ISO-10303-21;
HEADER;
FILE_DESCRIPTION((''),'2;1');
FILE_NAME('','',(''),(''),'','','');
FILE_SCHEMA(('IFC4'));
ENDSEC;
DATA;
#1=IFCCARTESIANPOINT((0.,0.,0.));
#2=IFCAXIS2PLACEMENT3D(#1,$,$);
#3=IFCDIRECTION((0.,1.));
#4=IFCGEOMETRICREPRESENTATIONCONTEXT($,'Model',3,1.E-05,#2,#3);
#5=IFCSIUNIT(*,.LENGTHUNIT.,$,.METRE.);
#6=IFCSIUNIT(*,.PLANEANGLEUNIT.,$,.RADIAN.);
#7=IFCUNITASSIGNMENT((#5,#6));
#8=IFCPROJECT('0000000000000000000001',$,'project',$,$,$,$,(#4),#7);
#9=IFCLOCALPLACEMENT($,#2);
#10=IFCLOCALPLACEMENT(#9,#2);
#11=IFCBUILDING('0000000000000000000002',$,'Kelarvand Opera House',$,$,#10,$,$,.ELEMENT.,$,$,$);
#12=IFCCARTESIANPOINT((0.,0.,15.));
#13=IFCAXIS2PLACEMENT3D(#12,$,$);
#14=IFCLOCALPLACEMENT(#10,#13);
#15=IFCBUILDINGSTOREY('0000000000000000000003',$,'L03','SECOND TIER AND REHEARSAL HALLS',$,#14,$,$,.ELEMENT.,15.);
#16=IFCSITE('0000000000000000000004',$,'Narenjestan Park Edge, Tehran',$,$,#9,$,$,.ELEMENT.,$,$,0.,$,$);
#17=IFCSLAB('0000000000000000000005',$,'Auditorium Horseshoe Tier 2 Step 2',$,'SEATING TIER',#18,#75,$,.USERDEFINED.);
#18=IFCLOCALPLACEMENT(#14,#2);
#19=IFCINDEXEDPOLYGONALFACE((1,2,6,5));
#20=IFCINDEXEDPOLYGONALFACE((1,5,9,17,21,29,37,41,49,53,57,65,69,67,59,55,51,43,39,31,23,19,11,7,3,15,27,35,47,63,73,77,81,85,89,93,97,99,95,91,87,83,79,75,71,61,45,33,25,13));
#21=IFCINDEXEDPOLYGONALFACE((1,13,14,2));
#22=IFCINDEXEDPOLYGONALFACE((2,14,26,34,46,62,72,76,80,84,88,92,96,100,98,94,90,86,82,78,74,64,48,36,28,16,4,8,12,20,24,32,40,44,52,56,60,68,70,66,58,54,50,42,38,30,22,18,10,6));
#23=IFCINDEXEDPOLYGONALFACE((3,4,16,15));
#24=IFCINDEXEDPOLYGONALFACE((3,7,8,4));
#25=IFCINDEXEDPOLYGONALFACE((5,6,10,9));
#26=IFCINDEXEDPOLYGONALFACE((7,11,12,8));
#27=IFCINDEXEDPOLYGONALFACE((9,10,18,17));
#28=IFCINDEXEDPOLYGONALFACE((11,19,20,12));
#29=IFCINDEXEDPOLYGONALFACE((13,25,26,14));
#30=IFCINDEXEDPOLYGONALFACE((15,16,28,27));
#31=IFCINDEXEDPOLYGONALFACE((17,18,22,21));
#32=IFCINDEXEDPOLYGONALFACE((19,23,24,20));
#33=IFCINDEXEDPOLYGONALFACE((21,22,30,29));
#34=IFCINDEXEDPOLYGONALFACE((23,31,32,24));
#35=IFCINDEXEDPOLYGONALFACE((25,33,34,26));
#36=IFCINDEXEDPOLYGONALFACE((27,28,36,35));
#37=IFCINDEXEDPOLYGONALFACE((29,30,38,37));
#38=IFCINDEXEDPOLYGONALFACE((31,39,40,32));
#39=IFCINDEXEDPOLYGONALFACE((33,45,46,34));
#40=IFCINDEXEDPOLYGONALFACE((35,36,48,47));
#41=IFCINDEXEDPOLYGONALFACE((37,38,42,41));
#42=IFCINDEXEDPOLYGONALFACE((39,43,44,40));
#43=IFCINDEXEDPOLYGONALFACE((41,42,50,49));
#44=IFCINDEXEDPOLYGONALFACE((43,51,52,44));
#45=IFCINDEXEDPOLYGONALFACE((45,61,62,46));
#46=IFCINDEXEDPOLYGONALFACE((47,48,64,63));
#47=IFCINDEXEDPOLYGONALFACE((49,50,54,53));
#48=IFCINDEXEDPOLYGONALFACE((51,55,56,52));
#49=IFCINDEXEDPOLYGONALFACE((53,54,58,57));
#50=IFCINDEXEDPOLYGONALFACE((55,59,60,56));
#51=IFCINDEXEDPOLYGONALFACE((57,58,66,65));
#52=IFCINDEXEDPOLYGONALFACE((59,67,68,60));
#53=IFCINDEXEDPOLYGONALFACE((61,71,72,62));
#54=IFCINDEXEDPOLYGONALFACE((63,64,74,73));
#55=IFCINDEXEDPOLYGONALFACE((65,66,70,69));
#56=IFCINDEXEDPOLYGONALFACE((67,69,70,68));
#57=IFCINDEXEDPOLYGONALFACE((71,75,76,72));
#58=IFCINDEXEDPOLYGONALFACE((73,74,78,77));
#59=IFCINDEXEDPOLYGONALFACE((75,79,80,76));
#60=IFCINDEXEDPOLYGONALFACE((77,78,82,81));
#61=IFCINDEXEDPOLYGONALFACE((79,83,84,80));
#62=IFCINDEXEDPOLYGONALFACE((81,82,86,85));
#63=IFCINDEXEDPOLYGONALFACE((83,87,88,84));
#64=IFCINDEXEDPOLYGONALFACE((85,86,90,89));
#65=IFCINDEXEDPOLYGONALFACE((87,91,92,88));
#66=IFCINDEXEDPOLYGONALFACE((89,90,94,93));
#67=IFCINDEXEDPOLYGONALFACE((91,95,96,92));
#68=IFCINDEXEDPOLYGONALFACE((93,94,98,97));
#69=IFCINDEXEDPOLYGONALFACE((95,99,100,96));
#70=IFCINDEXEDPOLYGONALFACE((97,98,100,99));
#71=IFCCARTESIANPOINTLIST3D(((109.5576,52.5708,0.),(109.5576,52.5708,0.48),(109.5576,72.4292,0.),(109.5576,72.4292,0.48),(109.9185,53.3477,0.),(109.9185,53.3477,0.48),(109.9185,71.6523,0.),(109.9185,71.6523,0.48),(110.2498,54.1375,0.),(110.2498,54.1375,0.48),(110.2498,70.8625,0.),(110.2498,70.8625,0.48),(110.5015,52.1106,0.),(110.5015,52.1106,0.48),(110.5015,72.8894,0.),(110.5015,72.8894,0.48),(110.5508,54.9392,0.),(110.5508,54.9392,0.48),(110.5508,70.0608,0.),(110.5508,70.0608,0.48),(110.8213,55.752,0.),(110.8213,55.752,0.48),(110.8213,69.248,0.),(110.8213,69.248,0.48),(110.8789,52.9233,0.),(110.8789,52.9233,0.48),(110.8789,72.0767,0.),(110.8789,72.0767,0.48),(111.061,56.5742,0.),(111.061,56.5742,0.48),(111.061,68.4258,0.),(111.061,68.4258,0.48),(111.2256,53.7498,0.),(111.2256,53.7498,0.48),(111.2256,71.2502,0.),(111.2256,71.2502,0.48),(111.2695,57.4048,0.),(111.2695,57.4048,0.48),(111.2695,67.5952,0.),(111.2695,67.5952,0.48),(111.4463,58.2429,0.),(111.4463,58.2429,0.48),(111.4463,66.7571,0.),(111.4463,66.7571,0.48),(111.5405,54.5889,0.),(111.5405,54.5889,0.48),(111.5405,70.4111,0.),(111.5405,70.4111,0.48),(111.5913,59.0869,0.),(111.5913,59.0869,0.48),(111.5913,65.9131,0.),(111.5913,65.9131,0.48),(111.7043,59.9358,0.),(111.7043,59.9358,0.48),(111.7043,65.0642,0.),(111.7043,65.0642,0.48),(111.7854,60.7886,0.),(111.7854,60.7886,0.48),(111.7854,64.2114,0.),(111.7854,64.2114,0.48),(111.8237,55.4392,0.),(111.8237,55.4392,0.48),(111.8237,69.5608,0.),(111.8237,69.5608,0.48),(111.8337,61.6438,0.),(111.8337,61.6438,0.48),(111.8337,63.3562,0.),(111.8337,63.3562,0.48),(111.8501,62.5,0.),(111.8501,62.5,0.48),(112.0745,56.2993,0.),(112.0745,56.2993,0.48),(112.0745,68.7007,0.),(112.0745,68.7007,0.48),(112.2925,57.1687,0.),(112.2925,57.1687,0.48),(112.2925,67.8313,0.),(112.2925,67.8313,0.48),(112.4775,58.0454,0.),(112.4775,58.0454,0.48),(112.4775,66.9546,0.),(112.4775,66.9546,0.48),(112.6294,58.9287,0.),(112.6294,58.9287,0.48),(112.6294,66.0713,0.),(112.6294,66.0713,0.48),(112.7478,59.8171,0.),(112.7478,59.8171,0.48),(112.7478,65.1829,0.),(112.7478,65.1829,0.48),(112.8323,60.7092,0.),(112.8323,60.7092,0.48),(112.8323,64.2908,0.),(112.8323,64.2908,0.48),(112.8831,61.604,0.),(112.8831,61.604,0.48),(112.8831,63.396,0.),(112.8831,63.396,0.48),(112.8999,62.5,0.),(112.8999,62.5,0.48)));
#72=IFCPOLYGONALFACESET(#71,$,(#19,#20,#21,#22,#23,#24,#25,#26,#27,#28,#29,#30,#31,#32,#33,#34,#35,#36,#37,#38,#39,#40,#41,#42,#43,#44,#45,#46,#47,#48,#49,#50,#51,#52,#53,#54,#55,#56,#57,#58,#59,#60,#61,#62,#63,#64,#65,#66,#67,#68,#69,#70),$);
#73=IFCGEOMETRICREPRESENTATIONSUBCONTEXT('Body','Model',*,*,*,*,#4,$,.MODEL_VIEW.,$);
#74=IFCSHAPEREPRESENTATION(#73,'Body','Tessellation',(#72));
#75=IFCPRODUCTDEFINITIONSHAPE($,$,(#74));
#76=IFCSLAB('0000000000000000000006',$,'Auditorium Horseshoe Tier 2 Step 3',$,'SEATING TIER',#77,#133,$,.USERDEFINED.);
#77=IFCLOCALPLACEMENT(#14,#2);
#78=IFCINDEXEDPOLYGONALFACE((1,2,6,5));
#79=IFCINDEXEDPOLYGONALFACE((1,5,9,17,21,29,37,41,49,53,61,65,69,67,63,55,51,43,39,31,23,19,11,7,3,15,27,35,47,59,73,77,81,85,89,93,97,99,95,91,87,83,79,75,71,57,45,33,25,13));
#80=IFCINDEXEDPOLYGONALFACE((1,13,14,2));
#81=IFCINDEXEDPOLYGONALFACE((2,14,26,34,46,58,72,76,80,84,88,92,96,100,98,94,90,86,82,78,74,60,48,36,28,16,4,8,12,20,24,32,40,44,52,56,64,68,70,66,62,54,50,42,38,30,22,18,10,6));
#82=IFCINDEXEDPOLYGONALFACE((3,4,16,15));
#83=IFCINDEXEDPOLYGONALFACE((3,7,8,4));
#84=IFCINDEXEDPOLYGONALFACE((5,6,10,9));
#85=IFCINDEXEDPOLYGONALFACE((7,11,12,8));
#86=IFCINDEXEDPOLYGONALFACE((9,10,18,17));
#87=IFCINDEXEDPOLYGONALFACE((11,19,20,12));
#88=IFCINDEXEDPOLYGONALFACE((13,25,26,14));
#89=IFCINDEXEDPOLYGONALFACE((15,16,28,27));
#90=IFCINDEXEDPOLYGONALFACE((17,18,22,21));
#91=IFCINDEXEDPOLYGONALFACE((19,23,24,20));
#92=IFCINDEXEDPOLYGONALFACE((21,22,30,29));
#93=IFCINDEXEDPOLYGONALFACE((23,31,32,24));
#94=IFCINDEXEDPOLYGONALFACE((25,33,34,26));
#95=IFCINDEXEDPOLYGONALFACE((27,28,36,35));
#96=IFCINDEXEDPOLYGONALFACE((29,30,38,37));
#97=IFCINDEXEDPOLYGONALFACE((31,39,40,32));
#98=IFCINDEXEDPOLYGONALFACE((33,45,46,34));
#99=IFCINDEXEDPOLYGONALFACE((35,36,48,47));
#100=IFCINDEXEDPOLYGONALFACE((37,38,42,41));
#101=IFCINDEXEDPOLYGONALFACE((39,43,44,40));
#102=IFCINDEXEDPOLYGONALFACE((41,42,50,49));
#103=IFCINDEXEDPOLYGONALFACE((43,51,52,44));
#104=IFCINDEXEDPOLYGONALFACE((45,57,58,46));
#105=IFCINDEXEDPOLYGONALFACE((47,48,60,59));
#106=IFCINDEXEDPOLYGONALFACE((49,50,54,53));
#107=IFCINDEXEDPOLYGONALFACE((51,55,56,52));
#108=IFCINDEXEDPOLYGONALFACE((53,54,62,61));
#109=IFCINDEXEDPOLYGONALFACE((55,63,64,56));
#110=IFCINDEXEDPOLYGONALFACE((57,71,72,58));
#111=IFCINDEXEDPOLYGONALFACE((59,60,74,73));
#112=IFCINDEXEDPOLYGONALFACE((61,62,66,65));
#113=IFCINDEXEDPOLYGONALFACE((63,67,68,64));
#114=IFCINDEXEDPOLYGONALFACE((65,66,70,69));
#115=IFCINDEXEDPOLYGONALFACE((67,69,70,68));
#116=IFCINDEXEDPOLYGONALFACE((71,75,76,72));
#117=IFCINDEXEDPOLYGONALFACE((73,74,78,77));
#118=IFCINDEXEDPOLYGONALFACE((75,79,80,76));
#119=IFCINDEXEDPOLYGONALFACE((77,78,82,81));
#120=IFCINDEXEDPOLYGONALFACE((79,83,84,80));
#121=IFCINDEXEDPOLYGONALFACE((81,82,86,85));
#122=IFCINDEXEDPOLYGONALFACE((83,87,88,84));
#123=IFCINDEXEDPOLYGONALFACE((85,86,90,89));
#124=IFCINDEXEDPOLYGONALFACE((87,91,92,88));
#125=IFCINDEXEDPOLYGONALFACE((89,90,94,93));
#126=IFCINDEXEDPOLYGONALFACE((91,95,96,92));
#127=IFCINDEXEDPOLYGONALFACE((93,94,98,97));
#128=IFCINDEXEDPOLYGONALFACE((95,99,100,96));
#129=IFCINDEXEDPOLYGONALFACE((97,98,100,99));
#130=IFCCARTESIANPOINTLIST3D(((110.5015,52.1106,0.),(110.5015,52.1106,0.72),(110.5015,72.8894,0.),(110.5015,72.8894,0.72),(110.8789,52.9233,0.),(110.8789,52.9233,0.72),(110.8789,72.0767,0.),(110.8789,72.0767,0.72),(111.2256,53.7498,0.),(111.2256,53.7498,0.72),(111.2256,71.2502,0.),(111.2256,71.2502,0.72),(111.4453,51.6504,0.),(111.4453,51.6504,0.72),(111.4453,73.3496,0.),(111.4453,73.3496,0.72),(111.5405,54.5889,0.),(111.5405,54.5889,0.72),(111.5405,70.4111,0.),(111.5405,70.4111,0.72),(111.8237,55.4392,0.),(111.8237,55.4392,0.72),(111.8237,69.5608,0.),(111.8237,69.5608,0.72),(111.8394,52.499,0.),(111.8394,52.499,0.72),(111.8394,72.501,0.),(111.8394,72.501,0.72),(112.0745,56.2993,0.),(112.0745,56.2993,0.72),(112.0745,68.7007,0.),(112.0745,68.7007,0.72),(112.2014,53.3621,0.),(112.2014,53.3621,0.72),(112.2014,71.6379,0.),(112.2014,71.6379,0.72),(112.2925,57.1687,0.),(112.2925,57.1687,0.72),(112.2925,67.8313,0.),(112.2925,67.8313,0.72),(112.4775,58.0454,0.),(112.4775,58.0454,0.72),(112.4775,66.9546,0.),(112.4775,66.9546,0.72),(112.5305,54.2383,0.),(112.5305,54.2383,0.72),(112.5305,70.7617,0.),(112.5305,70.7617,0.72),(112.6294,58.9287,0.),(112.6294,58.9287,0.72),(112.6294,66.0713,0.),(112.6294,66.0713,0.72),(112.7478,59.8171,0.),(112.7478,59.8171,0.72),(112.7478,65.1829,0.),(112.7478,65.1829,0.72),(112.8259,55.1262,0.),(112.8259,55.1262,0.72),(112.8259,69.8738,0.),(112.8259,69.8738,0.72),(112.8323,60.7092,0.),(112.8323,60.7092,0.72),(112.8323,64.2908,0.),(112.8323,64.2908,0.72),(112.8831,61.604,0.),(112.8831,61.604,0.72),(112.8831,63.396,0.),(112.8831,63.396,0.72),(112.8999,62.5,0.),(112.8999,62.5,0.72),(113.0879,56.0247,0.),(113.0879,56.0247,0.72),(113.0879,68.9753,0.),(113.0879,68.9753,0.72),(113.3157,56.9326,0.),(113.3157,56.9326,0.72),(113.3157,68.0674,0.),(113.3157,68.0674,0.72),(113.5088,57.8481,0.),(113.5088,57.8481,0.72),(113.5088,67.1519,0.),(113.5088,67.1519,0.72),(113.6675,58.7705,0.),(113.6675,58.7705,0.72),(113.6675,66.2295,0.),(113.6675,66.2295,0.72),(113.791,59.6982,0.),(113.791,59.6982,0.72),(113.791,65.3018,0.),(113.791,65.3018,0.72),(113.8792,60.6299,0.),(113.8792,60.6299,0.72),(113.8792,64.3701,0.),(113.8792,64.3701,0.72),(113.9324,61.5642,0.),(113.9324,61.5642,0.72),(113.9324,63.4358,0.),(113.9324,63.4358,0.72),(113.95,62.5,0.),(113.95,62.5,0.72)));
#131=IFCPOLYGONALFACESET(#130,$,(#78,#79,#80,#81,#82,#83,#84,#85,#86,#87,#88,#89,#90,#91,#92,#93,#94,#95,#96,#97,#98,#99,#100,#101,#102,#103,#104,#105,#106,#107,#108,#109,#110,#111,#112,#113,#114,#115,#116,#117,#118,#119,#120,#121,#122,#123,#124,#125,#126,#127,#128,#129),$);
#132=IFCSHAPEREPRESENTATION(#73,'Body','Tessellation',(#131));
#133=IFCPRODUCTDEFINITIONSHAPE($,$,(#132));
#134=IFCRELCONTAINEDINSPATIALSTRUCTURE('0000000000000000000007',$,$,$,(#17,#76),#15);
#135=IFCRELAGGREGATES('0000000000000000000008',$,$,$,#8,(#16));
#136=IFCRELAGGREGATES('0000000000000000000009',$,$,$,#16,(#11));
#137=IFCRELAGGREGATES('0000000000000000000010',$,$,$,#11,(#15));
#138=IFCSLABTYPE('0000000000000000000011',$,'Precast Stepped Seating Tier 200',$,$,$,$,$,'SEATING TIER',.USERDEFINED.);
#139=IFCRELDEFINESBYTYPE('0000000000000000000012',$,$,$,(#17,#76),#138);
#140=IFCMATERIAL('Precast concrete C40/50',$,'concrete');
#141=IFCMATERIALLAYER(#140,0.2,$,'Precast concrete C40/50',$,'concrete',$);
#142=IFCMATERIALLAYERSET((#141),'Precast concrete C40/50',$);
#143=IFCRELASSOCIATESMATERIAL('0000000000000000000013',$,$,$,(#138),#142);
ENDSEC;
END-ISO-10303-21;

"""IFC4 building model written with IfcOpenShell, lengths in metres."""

from ifc_helpers import new_model, si_unit, direction, frame, origin, place, context, subcontext, project, spatial, polyline, outline, extrude, material, layer, layer_set, type_object, element, save


model = new_model("IFC4")

# Units and contexts
model_context = context("Model", 3, precision=1e-05, world=origin(), true_north=direction((0.0, 1.0)))
body_context = subcontext(model_context, "Body", "Model", "MODEL_VIEW")
ifc_project = project(units=[si_unit("LENGTHUNIT", "METRE"), si_unit("PLANEANGLEUNIT", "RADIAN")], contexts=[model_context])

# Site, building, storey
site_placement = place(None, origin())
site = spatial("IfcSite", under=ifc_project, at=site_placement, Name="Narenjestan Park Edge, Tehran", CompositionType="ELEMENT", RefElevation=0.0)
building_placement = place(site_placement, origin())
building = spatial("IfcBuilding", under=site, at=building_placement, Name="Kelarvand Opera House", CompositionType="ELEMENT")
storey_placement = place(building_placement, frame((0.0, 0.0, 15.0)))
storey = spatial("IfcBuildingStorey", under=building, at=storey_placement, Name="L03", Description="SECOND TIER AND REHEARSAL HALLS", CompositionType="ELEMENT", Elevation=15.0)

# Slabs
ifc_material_1 = material(Name="Precast concrete C40/50", Category="concrete")
ifc_layer_1 = layer(ifc_material_1, 0.2, Name="Precast concrete C40/50", Category="concrete")
ifc_layer_set_1 = layer_set([ifc_layer_1], Name="Precast concrete C40/50")
slab_type_1 = type_object("IfcSlabType", Name="Precast Stepped Seating Tier 200", ElementType="SEATING TIER", PredefinedType="USERDEFINED", material=ifc_layer_set_1)
slab_1_placement = place(storey_placement, origin())
element("IfcSlab", 1, at=slab_1_placement, inside=storey, type_object=slab_type_1, Name="Auditorium Horseshoe Tier 2 Step 2", ObjectType="SEATING TIER", PredefinedType="USERDEFINED", context=body_context, shape_type="SweptSolid", body=[
    extrude(outline(polyline([(109.5576, 52.5708), (109.9185, 53.3477), (110.2498, 54.1375), (110.5508, 54.9392), (110.8213, 55.752), (111.061, 56.5742), (111.2695, 57.4048), (111.4463, 58.2429), (111.5913, 59.0869), (111.7043, 59.9358), (111.7854, 60.7886), (111.8337, 61.6438), (111.8501, 62.5), (111.8337, 63.3562), (111.7854, 64.2114), (111.7043, 65.0642), (111.5913, 65.9131), (111.4463, 66.7571), (111.2695, 67.5952), (111.061, 68.4258), (110.8213, 69.248), (110.5508, 70.0608), (110.2498, 70.8625), (109.9185, 71.6523), (109.5576, 72.4292), (110.5015, 72.8894), (110.8789, 72.0767), (111.2256, 71.2502), (111.5405, 70.4111), (111.8237, 69.5608), (112.0745, 68.7007), (112.2925, 67.8313), (112.4775, 66.9546), (112.6294, 66.0713), (112.7478, 65.1829), (112.8323, 64.2908), (112.8831, 63.396), (112.8999, 62.5), (112.8831, 61.604), (112.8323, 60.7092), (112.7478, 59.8171), (112.6294, 58.9287), (112.4775, 58.0454), (112.2925, 57.1687), (112.0745, 56.2993), (111.8237, 55.4392), (111.5405, 54.5889), (111.2256, 53.7498), (110.8789, 52.9233), (110.5015, 52.1106), (109.5576, 52.5708)])), origin(), (0.0, 0.0, 1.0), 0.48),
])
slab_2_placement = place(storey_placement, origin())
element("IfcSlab", 2, at=slab_2_placement, inside=storey, type_object=slab_type_1, Name="Auditorium Horseshoe Tier 2 Step 3", ObjectType="SEATING TIER", PredefinedType="USERDEFINED", context=body_context, shape_type="SweptSolid", body=[
    extrude(outline(polyline([(110.5015, 52.1106), (110.8789, 52.9233), (111.2256, 53.7498), (111.5405, 54.5889), (111.8237, 55.4392), (112.0745, 56.2993), (112.2925, 57.1687), (112.4775, 58.0454), (112.6294, 58.9287), (112.7478, 59.8171), (112.8323, 60.7092), (112.8831, 61.604), (112.8999, 62.5), (112.8831, 63.396), (112.8323, 64.2908), (112.7478, 65.1829), (112.6294, 66.0713), (112.4775, 66.9546), (112.2925, 67.8313), (112.0745, 68.7007), (111.8237, 69.5608), (111.5405, 70.4111), (111.2256, 71.2502), (110.8789, 72.0767), (110.5015, 72.8894), (111.4453, 73.3496), (111.8394, 72.501), (112.2014, 71.6379), (112.5305, 70.7617), (112.8259, 69.8738), (113.0879, 68.9753), (113.3157, 68.0674), (113.5088, 67.1519), (113.6675, 66.2295), (113.791, 65.3018), (113.8792, 64.3701), (113.9324, 63.4358), (113.95, 62.5), (113.9324, 61.5642), (113.8792, 60.6299), (113.791, 59.6982), (113.6675, 58.7705), (113.5088, 57.8481), (113.3157, 56.9326), (113.0879, 56.0247), (112.8259, 55.1262), (112.5305, 54.2383), (112.2014, 53.3621), (111.8394, 52.499), (111.4453, 51.6504), (110.5015, 52.1106)])), origin(), (0.0, 0.0, 1.0), 0.72),
])

save(model, "model.ifc")
